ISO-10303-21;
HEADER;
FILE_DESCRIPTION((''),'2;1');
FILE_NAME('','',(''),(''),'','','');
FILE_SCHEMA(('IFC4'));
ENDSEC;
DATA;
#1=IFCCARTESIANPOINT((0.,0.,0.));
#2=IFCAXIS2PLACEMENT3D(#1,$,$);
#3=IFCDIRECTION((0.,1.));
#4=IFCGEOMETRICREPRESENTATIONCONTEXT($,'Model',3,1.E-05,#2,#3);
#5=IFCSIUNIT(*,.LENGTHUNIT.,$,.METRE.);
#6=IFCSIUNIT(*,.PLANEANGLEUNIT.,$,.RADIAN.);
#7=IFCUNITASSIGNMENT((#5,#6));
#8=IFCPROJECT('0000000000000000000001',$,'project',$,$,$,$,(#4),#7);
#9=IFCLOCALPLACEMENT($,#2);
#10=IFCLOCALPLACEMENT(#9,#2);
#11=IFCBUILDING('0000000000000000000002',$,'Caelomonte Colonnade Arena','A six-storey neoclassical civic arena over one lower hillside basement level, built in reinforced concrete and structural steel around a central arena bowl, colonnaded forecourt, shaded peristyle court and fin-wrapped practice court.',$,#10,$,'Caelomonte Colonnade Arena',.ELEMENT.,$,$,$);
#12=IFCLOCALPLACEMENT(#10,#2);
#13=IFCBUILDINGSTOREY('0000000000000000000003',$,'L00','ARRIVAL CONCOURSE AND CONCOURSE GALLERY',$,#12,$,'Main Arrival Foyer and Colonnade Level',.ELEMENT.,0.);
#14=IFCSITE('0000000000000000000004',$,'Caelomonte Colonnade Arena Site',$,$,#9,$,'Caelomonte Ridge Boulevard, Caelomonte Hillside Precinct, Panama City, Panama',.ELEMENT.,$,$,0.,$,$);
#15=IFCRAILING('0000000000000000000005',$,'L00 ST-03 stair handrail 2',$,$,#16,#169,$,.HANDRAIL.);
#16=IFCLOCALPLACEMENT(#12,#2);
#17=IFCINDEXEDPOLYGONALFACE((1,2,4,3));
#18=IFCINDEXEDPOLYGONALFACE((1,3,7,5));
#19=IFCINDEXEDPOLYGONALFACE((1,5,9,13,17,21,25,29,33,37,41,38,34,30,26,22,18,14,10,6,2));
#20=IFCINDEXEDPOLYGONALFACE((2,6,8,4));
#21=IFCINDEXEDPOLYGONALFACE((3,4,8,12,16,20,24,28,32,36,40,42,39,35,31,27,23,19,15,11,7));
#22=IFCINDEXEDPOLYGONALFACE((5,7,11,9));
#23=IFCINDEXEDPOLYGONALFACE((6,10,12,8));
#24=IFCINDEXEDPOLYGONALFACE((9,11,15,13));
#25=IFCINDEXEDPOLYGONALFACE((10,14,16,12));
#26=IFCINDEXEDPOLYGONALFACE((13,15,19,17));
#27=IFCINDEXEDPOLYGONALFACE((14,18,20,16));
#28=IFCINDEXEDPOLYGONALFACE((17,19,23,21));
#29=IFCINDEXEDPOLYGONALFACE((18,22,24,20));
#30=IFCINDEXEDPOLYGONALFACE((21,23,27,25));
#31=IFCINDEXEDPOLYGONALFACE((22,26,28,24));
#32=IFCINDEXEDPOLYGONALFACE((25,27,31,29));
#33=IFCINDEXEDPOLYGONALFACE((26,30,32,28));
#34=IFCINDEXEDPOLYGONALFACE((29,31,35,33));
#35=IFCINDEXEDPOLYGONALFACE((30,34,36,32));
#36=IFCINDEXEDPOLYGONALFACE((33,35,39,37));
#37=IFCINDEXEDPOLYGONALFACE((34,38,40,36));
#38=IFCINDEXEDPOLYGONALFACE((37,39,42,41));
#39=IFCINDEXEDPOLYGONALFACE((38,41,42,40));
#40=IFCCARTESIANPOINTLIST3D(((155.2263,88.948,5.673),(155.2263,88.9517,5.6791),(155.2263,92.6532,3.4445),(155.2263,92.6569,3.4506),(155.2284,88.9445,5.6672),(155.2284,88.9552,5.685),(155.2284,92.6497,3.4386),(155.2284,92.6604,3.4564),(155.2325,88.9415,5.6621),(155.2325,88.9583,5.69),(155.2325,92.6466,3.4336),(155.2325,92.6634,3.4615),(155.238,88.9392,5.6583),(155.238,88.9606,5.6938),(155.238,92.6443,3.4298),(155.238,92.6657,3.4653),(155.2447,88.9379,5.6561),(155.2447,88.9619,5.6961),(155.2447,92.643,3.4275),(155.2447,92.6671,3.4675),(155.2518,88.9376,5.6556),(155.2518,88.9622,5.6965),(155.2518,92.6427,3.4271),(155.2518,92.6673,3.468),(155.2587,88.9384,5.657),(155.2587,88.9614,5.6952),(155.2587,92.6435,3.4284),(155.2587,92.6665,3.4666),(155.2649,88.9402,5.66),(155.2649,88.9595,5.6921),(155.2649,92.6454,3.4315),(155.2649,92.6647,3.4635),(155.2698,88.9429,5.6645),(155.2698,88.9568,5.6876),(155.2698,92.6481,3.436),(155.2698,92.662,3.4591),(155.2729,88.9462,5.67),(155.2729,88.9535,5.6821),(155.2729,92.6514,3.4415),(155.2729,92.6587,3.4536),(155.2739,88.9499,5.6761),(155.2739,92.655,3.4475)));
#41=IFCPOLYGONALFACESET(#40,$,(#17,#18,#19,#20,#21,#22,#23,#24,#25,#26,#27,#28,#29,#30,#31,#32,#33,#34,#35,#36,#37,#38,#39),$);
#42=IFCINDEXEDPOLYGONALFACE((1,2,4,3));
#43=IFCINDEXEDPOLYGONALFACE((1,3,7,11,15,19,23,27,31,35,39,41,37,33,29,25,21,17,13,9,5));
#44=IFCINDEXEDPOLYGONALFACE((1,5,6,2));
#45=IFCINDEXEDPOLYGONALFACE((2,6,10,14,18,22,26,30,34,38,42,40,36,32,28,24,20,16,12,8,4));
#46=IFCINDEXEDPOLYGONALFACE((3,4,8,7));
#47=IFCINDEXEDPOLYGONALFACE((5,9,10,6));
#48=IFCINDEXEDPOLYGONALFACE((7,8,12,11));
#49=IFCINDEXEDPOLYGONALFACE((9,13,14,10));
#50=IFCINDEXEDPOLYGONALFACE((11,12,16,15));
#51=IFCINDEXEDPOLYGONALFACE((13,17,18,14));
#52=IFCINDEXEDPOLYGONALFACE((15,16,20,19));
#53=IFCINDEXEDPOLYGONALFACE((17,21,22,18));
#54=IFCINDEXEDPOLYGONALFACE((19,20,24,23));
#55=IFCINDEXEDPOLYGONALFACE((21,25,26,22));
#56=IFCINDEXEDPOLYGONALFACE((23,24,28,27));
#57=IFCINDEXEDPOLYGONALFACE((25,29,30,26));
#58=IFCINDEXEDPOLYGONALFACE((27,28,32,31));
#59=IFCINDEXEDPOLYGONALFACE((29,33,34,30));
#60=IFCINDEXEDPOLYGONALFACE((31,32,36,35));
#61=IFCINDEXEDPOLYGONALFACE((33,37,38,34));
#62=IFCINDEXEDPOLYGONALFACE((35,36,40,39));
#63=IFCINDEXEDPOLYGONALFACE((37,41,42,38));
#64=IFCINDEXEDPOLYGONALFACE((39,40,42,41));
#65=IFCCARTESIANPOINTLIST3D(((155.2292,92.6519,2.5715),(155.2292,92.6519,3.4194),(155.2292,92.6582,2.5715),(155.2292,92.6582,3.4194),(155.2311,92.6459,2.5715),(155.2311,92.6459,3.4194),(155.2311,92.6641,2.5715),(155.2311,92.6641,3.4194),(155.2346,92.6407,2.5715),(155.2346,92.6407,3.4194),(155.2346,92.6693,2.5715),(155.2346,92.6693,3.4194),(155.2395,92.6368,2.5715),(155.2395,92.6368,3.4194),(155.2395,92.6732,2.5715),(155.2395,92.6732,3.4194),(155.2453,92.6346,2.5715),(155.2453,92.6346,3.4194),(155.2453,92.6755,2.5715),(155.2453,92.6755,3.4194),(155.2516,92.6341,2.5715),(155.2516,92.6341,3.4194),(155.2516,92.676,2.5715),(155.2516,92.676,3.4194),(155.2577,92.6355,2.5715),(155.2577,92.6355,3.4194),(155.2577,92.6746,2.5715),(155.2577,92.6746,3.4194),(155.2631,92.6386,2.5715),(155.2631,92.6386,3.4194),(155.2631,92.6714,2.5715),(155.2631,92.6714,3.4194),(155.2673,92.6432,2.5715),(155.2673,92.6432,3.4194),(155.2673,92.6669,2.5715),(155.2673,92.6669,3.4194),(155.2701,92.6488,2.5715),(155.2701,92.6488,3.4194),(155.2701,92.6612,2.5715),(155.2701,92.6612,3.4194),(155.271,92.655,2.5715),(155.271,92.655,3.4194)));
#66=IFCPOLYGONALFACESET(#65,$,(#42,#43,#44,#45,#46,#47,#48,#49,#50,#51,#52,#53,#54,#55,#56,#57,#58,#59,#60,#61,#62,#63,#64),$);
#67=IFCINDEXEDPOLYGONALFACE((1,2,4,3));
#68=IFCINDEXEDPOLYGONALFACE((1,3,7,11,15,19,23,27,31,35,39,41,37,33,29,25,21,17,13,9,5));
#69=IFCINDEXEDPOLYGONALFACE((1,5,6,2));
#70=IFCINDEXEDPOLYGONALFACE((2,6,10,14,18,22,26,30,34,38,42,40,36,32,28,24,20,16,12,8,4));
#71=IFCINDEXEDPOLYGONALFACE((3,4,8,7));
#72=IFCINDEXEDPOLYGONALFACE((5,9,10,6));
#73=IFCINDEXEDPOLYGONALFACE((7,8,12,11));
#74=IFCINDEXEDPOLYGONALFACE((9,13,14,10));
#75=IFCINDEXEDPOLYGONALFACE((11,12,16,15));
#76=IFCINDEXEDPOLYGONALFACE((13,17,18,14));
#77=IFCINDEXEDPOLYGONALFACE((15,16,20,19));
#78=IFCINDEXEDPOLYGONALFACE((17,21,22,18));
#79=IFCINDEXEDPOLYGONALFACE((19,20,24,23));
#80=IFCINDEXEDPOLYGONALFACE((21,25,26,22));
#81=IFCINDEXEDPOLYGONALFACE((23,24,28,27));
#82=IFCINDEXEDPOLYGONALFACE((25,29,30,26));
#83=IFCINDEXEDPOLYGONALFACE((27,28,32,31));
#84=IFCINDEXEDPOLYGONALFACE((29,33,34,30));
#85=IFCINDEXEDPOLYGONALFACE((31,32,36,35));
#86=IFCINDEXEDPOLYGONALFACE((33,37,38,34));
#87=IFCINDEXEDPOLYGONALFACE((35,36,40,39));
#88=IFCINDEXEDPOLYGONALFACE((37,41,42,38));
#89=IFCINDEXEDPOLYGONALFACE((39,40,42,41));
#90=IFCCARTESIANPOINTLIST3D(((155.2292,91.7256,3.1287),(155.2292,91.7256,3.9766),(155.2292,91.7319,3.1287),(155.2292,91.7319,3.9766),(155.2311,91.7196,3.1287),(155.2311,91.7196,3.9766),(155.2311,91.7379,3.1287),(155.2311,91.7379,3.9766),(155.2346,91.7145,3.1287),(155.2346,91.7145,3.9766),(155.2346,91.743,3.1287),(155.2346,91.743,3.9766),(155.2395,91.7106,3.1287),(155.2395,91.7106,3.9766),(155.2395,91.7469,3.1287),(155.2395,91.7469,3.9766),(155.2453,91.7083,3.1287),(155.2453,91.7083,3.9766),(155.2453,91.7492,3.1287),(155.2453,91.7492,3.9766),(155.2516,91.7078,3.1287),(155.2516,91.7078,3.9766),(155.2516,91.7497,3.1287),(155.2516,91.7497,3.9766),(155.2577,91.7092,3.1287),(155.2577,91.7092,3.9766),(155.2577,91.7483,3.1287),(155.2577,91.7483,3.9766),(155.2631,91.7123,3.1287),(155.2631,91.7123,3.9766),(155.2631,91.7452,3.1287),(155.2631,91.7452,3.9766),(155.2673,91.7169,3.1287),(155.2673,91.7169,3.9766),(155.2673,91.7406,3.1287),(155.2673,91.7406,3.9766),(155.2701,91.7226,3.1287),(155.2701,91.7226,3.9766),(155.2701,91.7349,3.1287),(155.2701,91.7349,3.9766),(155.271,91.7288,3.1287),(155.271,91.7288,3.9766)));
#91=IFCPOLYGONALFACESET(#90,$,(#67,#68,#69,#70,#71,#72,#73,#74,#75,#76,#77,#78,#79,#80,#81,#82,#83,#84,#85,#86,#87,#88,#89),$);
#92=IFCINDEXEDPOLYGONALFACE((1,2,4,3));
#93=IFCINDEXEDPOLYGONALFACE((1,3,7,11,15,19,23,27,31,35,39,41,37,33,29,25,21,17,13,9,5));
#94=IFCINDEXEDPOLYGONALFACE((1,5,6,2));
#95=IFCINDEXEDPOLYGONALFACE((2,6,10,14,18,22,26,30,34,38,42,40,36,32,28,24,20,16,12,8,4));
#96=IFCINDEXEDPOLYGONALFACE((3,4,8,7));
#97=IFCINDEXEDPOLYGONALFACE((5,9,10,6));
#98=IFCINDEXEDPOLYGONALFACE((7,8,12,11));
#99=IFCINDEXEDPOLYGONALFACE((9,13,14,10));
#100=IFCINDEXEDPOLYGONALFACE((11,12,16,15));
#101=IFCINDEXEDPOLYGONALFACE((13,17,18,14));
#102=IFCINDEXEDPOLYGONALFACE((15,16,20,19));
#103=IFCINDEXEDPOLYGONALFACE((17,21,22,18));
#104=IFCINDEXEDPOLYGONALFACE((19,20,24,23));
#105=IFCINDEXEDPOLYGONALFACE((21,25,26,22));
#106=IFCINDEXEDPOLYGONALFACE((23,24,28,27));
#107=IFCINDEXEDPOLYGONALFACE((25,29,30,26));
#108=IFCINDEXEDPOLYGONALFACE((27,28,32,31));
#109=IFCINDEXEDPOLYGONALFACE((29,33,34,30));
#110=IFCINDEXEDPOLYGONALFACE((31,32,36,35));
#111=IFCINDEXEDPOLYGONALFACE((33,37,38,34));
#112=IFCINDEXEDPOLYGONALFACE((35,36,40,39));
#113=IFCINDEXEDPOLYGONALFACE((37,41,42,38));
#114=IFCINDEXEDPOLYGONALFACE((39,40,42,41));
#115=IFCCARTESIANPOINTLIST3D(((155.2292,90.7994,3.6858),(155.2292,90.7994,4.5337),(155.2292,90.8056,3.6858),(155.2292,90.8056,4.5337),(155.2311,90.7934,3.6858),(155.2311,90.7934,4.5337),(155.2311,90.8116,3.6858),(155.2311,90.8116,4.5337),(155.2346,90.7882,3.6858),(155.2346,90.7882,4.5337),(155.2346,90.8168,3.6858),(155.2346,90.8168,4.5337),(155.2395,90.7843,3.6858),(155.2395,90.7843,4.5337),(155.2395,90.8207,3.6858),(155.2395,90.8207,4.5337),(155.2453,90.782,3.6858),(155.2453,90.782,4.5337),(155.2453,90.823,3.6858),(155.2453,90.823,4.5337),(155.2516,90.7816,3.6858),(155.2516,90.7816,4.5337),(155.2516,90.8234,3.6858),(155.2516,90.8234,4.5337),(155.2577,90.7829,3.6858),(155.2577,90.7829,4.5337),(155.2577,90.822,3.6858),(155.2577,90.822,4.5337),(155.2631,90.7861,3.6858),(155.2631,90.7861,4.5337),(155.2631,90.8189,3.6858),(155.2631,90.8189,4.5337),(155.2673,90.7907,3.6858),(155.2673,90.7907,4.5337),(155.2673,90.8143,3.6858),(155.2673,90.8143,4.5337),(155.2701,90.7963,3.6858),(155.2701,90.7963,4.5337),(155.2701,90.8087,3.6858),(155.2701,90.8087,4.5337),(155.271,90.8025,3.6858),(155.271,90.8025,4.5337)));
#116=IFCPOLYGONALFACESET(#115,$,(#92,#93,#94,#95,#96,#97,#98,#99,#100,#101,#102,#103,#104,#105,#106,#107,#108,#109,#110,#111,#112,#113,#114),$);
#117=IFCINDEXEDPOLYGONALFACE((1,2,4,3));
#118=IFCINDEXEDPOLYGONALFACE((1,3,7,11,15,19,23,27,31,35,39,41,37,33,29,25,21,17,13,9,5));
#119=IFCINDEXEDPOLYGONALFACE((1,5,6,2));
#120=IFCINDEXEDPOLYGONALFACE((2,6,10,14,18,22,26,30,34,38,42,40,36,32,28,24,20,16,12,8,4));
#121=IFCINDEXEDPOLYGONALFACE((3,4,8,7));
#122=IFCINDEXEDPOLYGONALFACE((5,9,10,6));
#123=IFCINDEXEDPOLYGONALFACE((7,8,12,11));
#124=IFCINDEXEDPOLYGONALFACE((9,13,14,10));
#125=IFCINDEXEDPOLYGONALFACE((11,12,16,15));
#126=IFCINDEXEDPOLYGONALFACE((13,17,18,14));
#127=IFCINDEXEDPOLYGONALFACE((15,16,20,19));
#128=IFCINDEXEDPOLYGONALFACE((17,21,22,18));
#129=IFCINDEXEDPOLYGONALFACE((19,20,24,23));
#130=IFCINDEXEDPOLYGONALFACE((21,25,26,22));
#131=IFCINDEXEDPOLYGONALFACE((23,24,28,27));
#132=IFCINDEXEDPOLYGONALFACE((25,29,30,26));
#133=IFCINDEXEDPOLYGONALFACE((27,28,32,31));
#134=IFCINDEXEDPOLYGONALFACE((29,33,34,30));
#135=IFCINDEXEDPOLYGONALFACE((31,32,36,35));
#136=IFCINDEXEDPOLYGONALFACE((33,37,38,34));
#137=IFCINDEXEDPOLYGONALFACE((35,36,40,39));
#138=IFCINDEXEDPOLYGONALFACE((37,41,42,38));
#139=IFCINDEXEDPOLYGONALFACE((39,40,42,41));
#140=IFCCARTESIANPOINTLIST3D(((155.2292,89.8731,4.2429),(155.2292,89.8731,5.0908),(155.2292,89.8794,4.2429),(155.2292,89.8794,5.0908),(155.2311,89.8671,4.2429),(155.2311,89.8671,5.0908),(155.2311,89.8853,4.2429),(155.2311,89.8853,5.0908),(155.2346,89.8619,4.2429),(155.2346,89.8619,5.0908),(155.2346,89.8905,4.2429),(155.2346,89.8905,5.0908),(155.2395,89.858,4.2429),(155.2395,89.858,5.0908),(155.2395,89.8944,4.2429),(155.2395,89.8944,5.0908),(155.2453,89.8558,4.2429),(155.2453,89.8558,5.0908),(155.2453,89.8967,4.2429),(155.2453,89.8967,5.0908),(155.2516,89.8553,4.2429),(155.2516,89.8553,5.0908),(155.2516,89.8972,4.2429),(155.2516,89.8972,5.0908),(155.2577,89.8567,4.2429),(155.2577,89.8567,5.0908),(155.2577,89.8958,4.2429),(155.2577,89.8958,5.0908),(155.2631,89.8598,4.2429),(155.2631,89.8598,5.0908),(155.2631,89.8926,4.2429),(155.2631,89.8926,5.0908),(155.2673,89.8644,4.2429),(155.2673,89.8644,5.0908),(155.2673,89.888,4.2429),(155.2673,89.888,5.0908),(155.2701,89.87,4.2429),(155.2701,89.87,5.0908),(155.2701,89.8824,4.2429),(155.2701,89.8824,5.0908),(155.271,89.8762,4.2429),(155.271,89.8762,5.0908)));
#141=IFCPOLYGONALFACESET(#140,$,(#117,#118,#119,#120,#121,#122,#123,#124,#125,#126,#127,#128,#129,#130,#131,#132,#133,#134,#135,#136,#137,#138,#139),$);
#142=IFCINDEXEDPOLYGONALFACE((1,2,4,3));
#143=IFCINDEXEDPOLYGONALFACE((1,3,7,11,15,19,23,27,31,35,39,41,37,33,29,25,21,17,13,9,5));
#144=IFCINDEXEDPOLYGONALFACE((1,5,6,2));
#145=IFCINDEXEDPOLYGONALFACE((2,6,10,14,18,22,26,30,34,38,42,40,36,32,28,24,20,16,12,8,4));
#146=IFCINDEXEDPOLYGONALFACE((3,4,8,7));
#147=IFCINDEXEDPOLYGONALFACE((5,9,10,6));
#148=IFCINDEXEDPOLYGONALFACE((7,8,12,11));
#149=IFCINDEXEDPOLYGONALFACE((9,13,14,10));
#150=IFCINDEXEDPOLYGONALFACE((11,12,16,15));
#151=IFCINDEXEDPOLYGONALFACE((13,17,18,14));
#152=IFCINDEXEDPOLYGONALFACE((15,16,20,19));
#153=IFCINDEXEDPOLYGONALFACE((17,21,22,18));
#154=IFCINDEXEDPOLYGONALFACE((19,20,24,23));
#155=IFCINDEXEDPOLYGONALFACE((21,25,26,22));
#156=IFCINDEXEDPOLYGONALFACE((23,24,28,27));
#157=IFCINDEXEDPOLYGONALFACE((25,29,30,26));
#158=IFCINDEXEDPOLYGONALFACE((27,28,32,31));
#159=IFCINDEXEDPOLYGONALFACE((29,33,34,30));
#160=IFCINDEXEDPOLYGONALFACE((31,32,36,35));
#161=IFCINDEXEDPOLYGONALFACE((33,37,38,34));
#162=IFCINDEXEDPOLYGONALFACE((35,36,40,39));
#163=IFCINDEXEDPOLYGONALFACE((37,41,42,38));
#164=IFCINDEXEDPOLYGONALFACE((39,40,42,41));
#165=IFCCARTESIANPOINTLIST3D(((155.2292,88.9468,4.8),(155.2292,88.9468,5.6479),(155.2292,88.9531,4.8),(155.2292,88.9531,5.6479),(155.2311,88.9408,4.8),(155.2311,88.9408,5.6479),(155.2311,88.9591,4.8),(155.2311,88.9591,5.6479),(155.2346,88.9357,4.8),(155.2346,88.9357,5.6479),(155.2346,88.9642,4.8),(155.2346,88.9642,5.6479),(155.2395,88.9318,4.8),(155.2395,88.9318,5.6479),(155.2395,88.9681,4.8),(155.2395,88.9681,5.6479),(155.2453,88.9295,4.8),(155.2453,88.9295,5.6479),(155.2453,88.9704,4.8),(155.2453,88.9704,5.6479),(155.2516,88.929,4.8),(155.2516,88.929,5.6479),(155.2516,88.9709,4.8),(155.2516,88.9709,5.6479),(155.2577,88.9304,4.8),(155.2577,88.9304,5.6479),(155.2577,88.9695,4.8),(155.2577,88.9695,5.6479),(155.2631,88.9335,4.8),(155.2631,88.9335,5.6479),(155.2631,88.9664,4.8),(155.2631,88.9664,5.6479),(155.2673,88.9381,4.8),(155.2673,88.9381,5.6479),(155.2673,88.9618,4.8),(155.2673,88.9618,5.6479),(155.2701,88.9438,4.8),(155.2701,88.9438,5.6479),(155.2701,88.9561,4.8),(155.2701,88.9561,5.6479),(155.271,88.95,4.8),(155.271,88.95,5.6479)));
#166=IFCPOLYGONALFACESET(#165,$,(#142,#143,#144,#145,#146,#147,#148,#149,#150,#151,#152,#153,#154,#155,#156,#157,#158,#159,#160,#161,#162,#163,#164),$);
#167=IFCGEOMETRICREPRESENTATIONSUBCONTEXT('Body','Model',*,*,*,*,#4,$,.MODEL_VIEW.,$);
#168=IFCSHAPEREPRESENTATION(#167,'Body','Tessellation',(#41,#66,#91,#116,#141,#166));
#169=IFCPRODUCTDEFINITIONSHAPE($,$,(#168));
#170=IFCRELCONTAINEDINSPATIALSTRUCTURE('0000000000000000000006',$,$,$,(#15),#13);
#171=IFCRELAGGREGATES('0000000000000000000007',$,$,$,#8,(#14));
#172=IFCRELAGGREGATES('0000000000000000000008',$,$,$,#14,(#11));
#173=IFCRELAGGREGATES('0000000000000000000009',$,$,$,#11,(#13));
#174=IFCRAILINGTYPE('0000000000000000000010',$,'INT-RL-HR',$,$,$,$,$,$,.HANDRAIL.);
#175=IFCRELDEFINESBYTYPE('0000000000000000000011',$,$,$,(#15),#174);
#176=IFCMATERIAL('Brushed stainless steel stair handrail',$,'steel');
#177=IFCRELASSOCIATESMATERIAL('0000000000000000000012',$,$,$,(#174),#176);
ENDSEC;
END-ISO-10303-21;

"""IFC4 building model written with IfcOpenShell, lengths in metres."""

from ifc_helpers import new_model, si_unit, direction, frame, origin, origin_2d, place, context, subcontext, project, spatial, circle, extrude, material, type_object, element, save


model = new_model("IFC4")

# Units and contexts
model_context = context("Model", 3, precision=1e-05, world=origin(), true_north=direction((0.0, 1.0)))
body_context = subcontext(model_context, "Body", "Model", "MODEL_VIEW")
ifc_project = project(units=[si_unit("LENGTHUNIT", "METRE"), si_unit("PLANEANGLEUNIT", "RADIAN")], contexts=[model_context])

# Site, building, storey
site_placement = place(None, origin())
site = spatial("IfcSite", under=ifc_project, at=site_placement, Name="Caelomonte Colonnade Arena Site", LongName="Caelomonte Ridge Boulevard, Caelomonte Hillside Precinct, Panama City, Panama", CompositionType="ELEMENT", RefElevation=0.0)
building_placement = place(site_placement, origin())
building = spatial("IfcBuilding", under=site, at=building_placement, Name="Caelomonte Colonnade Arena", Description="A six-storey neoclassical civic arena over one lower hillside basement level, built in reinforced concrete and structural steel around a central arena bowl, colonnaded forecourt, shaded peristyle court and fin-wrapped practice court.", LongName="Caelomonte Colonnade Arena", CompositionType="ELEMENT")
storey_placement = place(building_placement, origin())
storey = spatial("IfcBuildingStorey", under=building, at=storey_placement, Name="L00", Description="ARRIVAL CONCOURSE AND CONCOURSE GALLERY", LongName="Main Arrival Foyer and Colonnade Level", CompositionType="ELEMENT", Elevation=0.0)

# Railing
ifc_material_1 = material(Name="Brushed stainless steel stair handrail", Category="steel")
railing_type_1 = type_object("IfcRailingType", Name="INT-RL-HR", PredefinedType="HANDRAIL", material=ifc_material_1)
railing_1_placement = place(storey_placement, frame((155.25, 92.655, 2.5715)))
element("IfcRailing", 1, at=railing_1_placement, inside=storey, type_object=railing_type_1, Name="L00 ST-03 stair handrail 2", PredefinedType="HANDRAIL", context=body_context, shape_type="SweptSolid", body=[
    extrude(circle(Radius=0.0239, at=origin_2d()), frame((0.0, 0.0, 0.876), z_axis=(0.0, -0.856934, 0.515425), x_axis=(1.0, 0.0, 0.0)), (0.0, 0.0, 1.0), 4.3237),
    extrude(circle(Radius=0.021, at=origin_2d()), origin(), (0.0, 0.0, 1.0), 0.8479),
    extrude(circle(Radius=0.021, at=origin_2d()), frame((0.0, -0.9263, 0.5571)), (0.0, 0.0, 1.0), 0.8479),
    extrude(circle(Radius=0.021, at=origin_2d()), frame((0.0, -1.8525, 1.1143)), (0.0, 0.0, 1.0), 0.8479),
    extrude(circle(Radius=0.021, at=origin_2d()), frame((0.0, -2.7788, 1.6714)), (0.0, 0.0, 1.0), 0.8479),
    extrude(circle(Radius=0.021, at=origin_2d()), frame((0.0, -3.7051, 2.2285)), (0.0, 0.0, 1.0), 0.8479),
])

save(model, "model.ifc")
